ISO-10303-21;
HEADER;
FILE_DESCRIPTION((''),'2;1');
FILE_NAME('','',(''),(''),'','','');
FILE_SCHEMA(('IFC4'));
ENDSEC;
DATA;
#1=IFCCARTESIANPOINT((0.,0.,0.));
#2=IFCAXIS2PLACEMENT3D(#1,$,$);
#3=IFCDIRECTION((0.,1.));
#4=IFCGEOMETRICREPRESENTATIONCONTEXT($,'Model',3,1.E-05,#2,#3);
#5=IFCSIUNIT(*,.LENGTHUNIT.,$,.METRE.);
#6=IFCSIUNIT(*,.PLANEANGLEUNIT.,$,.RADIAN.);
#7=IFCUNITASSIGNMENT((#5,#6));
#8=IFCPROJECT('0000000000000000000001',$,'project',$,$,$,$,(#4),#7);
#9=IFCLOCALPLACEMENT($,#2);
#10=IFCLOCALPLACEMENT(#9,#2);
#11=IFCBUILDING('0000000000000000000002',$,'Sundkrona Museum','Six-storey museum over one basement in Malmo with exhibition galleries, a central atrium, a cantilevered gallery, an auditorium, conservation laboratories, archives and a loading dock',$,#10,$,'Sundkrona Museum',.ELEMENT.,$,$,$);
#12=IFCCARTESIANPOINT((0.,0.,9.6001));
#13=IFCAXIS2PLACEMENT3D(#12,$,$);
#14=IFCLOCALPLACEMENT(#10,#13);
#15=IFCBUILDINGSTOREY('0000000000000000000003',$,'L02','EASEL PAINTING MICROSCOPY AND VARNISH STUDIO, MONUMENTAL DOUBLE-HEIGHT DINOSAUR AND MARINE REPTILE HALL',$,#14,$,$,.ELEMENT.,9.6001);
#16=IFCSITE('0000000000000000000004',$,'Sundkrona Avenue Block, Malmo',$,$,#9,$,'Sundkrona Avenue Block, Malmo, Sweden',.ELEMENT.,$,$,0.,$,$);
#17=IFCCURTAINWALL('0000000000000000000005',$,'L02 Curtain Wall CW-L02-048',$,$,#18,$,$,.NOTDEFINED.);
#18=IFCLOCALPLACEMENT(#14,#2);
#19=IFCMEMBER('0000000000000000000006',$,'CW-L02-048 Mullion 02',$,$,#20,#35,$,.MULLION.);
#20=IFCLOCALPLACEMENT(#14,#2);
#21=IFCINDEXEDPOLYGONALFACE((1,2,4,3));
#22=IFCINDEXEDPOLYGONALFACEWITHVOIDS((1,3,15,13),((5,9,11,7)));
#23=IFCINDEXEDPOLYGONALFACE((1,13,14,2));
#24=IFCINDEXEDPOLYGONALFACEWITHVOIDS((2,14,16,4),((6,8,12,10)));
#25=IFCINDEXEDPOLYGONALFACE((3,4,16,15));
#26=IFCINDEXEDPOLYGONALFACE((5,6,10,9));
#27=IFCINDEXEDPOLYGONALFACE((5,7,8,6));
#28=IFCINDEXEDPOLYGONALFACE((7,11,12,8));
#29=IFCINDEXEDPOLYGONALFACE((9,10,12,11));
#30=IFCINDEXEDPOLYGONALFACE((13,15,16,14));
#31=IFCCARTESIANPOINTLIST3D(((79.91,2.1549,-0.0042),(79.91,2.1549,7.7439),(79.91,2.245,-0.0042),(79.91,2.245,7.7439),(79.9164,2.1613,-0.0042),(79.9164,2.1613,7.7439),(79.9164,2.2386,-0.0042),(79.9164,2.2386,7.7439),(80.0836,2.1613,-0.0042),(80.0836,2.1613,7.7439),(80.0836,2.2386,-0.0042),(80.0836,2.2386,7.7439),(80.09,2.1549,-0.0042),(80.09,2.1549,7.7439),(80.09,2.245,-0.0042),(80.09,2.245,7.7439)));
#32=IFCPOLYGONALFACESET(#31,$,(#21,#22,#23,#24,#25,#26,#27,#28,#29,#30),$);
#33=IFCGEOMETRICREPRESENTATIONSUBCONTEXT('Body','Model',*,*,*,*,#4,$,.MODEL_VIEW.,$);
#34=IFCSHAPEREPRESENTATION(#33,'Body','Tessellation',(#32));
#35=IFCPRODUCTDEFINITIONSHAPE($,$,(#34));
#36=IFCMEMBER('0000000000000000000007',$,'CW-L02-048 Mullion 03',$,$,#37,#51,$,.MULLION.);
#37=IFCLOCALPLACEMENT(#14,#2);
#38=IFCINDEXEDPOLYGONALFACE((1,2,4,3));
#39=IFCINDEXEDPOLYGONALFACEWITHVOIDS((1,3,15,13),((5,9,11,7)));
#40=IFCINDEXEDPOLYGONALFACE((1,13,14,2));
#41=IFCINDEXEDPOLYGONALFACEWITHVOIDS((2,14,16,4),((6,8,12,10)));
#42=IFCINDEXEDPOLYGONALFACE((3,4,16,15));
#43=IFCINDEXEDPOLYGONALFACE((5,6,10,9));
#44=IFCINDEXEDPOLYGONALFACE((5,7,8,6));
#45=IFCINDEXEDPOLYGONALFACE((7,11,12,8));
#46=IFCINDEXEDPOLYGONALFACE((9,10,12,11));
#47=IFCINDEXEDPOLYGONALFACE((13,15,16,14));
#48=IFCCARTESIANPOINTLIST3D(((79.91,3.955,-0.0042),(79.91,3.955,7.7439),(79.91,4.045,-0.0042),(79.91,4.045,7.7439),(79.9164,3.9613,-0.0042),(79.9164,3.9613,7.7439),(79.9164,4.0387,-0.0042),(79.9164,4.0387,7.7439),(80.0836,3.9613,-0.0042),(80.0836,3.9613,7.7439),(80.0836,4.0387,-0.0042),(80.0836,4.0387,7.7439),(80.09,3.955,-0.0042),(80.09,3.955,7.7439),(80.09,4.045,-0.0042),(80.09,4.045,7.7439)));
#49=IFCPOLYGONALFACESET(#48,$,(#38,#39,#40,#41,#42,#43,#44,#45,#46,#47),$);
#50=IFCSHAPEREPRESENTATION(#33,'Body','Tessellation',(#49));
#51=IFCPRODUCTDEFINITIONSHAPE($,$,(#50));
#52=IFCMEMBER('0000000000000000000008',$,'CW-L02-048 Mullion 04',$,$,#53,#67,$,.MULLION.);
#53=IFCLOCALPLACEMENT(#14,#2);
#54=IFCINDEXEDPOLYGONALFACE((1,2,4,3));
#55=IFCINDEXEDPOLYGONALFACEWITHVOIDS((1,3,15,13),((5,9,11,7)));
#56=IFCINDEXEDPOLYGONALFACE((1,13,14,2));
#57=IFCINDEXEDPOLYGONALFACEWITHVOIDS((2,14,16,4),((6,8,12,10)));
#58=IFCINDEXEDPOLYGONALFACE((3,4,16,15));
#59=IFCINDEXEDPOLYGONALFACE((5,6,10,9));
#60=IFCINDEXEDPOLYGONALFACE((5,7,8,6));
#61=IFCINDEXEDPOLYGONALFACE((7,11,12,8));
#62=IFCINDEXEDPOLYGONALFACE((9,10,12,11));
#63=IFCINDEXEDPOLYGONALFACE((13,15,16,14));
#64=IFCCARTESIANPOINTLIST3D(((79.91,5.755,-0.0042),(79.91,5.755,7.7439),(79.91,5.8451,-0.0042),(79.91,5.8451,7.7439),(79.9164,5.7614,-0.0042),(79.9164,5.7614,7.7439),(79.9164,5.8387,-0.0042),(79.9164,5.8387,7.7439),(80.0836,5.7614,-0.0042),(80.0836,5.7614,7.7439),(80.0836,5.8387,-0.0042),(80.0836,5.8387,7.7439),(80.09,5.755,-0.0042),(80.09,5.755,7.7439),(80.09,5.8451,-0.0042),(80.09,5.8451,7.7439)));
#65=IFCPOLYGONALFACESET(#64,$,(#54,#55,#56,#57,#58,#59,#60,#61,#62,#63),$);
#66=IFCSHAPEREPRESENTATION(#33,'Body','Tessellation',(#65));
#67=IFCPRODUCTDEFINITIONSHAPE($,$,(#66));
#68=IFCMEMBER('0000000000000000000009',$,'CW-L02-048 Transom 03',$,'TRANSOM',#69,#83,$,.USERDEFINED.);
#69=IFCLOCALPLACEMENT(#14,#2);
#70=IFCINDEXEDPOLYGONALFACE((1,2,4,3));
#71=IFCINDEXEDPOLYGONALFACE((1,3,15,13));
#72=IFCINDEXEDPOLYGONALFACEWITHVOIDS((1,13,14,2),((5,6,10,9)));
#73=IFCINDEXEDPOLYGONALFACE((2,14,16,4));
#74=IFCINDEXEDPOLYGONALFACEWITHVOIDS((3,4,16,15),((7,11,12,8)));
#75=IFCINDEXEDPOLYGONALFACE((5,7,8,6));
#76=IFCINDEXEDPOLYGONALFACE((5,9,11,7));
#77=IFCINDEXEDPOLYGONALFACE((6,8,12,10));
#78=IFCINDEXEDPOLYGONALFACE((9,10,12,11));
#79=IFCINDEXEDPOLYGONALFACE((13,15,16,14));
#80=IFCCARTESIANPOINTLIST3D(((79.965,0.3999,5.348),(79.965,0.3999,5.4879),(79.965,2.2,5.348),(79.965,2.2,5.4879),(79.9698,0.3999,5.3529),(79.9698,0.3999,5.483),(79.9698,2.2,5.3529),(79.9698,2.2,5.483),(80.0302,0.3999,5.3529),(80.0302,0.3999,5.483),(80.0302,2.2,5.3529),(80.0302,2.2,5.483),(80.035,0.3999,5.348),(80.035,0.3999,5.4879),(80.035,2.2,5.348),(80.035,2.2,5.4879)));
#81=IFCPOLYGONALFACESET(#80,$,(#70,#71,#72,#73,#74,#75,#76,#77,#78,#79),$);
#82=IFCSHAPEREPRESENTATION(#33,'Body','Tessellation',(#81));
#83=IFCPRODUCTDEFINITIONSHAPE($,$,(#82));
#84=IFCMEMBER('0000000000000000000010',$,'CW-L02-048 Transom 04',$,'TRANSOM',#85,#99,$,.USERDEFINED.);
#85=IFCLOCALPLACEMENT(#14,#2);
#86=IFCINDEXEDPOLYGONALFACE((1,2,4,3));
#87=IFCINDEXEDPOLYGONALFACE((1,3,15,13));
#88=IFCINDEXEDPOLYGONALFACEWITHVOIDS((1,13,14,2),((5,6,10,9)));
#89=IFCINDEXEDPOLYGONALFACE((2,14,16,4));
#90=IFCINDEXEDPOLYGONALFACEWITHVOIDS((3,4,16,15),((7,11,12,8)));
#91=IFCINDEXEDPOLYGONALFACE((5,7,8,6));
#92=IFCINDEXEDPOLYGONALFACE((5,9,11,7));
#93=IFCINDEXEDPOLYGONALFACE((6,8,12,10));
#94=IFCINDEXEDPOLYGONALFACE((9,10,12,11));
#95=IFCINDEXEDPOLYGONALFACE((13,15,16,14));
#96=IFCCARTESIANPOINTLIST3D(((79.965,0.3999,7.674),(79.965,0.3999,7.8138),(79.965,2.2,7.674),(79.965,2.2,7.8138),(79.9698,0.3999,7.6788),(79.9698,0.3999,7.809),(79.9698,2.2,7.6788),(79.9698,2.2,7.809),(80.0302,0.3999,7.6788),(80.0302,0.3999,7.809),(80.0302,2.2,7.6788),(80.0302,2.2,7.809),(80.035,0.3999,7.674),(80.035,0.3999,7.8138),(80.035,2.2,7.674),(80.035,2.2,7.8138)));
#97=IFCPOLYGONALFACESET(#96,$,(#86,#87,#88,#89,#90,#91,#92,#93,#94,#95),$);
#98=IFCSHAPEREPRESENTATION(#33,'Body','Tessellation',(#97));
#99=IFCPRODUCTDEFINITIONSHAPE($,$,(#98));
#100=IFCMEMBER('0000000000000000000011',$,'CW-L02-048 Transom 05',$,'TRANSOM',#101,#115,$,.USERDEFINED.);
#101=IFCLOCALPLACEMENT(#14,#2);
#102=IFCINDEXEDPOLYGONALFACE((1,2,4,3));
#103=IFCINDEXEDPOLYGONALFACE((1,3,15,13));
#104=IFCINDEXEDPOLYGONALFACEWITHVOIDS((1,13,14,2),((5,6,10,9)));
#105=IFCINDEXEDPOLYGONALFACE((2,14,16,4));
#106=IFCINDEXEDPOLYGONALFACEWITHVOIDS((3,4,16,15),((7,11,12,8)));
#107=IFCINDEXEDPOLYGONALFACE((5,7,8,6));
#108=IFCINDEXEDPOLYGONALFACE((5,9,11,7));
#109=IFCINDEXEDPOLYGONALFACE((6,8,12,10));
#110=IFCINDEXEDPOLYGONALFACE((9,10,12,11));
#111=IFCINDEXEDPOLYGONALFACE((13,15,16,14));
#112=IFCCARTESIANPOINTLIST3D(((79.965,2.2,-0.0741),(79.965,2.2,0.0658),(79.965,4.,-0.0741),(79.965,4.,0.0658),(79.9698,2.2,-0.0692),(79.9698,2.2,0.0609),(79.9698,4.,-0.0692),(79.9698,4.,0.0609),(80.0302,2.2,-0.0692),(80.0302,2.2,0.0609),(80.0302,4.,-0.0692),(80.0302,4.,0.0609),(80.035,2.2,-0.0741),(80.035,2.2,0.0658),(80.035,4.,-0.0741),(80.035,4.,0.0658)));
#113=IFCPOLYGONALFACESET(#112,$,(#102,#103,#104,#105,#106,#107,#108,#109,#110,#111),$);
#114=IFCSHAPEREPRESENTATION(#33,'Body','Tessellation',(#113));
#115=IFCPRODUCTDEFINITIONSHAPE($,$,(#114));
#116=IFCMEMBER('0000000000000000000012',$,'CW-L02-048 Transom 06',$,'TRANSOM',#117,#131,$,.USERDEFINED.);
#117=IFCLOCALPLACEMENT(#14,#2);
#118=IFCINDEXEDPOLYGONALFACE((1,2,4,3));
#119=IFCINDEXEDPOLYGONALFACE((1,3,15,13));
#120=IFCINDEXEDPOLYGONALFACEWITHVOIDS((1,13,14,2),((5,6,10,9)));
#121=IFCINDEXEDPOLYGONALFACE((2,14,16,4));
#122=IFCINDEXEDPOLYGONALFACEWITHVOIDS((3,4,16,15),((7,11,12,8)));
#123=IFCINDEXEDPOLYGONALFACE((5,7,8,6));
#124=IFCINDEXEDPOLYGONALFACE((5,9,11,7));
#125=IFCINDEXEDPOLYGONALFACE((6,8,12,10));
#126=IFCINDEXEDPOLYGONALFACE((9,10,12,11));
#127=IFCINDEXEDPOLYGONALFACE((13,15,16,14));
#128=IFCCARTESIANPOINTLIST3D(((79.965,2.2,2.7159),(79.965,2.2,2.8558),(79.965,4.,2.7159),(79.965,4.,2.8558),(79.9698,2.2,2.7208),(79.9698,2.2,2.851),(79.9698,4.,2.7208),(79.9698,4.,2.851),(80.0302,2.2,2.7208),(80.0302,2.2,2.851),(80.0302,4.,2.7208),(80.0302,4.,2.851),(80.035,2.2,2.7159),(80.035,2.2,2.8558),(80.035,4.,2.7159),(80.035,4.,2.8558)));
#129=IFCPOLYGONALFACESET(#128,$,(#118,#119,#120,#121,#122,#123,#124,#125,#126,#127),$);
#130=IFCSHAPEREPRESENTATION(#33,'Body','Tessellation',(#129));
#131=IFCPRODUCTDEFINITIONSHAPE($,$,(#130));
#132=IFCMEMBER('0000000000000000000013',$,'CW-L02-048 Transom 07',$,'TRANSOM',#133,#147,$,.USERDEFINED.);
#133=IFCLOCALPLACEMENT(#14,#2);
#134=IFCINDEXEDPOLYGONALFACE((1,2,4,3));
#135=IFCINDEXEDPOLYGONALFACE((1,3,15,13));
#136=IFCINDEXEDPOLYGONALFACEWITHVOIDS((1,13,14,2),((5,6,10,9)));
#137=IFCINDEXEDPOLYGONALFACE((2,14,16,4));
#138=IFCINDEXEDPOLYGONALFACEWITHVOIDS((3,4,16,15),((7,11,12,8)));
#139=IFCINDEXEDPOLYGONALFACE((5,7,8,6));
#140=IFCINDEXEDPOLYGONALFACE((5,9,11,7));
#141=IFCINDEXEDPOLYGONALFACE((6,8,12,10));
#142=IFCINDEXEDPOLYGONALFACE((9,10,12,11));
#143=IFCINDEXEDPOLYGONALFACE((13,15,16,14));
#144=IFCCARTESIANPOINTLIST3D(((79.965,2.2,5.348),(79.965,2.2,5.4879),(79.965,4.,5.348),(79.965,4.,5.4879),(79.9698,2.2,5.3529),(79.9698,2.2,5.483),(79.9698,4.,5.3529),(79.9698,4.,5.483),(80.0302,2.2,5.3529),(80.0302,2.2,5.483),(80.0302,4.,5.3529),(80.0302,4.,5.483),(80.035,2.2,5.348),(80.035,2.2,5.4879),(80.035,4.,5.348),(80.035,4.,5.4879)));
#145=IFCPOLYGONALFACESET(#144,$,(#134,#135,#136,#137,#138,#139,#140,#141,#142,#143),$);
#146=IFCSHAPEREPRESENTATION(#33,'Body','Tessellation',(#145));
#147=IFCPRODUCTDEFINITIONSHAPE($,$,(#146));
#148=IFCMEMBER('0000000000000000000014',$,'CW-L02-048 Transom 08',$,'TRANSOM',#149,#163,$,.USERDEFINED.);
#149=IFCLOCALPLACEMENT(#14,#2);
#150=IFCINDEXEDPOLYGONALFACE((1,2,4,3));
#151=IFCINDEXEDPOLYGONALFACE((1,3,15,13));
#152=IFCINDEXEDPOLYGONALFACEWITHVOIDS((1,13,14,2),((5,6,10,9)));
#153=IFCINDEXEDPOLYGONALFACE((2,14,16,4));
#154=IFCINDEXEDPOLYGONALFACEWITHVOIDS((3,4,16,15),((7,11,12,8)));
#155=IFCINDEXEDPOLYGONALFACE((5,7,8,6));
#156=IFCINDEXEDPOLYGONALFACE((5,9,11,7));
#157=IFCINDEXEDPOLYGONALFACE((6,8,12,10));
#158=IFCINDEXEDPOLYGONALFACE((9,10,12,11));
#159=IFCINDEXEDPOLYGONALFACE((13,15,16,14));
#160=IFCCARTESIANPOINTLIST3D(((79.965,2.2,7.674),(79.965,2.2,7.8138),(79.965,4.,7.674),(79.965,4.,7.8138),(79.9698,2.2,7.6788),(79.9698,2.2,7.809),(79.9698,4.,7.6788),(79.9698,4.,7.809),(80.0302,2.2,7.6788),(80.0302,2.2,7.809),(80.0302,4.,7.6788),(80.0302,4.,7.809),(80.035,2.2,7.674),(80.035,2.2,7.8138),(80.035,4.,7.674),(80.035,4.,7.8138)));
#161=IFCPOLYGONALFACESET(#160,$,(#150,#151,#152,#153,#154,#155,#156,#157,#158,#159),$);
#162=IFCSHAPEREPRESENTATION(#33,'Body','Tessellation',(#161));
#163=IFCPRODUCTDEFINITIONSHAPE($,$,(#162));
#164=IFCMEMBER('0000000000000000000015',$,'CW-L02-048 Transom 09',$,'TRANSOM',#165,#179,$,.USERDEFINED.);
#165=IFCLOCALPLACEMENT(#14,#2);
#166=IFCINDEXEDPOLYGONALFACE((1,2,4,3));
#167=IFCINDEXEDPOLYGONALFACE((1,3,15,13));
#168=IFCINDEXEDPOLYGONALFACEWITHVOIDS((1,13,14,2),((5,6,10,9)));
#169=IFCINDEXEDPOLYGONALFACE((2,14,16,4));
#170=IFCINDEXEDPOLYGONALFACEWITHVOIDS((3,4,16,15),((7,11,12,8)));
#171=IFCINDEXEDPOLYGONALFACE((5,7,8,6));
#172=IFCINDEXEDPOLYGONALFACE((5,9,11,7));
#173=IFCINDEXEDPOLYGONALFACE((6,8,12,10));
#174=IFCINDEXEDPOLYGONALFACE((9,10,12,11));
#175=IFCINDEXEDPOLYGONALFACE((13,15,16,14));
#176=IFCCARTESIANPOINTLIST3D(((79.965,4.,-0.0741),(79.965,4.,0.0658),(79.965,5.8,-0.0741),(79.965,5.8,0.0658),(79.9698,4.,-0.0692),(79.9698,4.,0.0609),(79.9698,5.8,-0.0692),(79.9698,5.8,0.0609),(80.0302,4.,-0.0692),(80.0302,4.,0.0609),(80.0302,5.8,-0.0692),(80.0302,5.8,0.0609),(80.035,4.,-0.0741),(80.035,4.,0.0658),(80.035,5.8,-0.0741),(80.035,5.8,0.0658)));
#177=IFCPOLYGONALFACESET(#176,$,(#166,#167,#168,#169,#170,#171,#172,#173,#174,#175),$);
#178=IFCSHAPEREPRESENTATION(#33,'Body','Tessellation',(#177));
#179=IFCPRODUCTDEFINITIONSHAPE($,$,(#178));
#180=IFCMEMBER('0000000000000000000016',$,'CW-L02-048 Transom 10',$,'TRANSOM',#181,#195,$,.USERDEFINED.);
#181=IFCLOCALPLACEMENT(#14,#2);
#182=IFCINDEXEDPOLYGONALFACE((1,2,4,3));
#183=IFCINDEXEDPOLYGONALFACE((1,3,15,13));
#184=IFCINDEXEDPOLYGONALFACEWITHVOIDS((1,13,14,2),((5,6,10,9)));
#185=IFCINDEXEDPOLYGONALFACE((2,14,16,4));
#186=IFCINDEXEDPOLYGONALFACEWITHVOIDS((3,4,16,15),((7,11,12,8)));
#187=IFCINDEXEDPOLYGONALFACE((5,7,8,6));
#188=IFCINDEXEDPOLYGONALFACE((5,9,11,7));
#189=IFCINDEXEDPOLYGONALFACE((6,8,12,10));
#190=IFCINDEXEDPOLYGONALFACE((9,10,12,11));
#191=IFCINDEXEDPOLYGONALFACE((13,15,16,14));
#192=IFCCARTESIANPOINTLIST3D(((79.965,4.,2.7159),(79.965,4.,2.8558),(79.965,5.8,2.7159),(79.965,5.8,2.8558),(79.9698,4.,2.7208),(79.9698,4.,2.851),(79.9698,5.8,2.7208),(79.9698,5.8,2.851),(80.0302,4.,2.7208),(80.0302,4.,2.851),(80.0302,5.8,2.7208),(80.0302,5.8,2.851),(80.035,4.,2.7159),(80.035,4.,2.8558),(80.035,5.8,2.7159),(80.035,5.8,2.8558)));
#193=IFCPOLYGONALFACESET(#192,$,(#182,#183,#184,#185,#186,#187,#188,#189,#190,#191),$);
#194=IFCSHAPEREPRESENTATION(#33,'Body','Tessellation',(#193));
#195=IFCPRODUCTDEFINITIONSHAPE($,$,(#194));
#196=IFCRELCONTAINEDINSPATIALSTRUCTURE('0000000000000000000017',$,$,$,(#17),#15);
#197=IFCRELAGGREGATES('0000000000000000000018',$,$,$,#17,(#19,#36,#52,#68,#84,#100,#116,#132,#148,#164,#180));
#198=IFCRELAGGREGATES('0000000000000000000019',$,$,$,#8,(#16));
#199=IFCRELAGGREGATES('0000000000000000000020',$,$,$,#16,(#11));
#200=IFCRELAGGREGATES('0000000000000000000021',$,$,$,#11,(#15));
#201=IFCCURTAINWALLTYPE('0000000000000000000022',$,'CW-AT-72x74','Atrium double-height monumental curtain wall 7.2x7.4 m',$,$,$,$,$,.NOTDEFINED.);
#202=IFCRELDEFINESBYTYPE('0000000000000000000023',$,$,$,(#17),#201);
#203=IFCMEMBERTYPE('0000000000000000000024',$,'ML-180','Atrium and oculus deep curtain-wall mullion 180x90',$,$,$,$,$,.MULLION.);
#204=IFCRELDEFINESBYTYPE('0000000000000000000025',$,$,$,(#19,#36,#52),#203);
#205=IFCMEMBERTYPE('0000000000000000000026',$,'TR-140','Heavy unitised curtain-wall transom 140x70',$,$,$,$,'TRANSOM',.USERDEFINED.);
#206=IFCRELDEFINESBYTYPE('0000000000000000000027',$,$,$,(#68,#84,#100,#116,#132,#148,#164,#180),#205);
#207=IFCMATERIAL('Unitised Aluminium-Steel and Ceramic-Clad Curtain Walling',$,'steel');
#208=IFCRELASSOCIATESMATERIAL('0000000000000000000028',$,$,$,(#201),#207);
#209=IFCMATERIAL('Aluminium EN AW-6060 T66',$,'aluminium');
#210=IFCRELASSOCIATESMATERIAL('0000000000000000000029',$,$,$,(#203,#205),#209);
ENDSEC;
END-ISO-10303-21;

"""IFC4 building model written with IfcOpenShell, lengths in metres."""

from ifc_helpers import new_model, si_unit, direction, frame, origin, origin_2d, place, context, subcontext, project, spatial, hollow_rectangle, extrude, material, material_profile, profile_set, type_object, element, aggregate, save


model = new_model("IFC4")

# Units and contexts
model_context = context("Model", 3, precision=1e-05, world=origin(), true_north=direction((0.0, 1.0)))
body_context = subcontext(model_context, "Body", "Model", "MODEL_VIEW")
ifc_project = project(units=[si_unit("LENGTHUNIT", "METRE"), si_unit("PLANEANGLEUNIT", "RADIAN")], contexts=[model_context])

# Site, building, storey
site_placement = place(None, origin())
site = spatial("IfcSite", under=ifc_project, at=site_placement, Name="Sundkrona Avenue Block, Malmo", LongName="Sundkrona Avenue Block, Malmo, Sweden", CompositionType="ELEMENT", RefElevation=0.0)
building_placement = place(site_placement, origin())
building = spatial("IfcBuilding", under=site, at=building_placement, Name="Sundkrona Museum", Description="Six-storey museum over one basement in Malmo with exhibition galleries, a central atrium, a cantilevered gallery, an auditorium, conservation laboratories, archives and a loading dock", LongName="Sundkrona Museum", CompositionType="ELEMENT")
storey_placement = place(building_placement, frame((0.0, 0.0, 9.6001)))
storey = spatial("IfcBuildingStorey", under=building, at=storey_placement, Name="L02", Description="EASEL PAINTING MICROSCOPY AND VARNISH STUDIO, MONUMENTAL DOUBLE-HEIGHT DINOSAUR AND MARINE REPTILE HALL", CompositionType="ELEMENT", Elevation=9.6001)

# Curtain wall, members
ifc_material_1 = material(Name="Unitised Aluminium-Steel and Ceramic-Clad Curtain Walling", Category="steel")
curtain_wall_type = type_object("IfcCurtainWallType", Name="CW-AT-72x74", Description="Atrium double-height monumental curtain wall 7.2x7.4 m", PredefinedType="NOTDEFINED", material=ifc_material_1)
curtain_wall_placement = place(storey_placement, origin())
curtain_wall = element("IfcCurtainWall", 1, at=curtain_wall_placement, inside=storey, type_object=curtain_wall_type, Name="L02 Curtain Wall CW-L02-048", PredefinedType="NOTDEFINED")
ifc_material_2 = material(Name="Aluminium EN AW-6060 T66", Category="aluminium")
ifc_material_profile_1 = material_profile(ifc_material_2, hollow_rectangle(XDim=0.0901, YDim=0.1799, WallThickness=0.0063, at=origin_2d()), Name="RHS 180x90x6.3")
ifc_profile_set_1 = profile_set([ifc_material_profile_1], Name="Aluminium EN AW-6060 T66")
member_type_1 = type_object("IfcMemberType", Name="ML-180", Description="Atrium and oculus deep curtain-wall mullion 180x90", PredefinedType="MULLION", material=ifc_profile_set_1)
member_1_placement = place(storey_placement, frame((80.0, 2.2, -0.0042), z_axis=(0.0, 0.0, 1.0), x_axis=(0.0, 1.0, 0.0)))
member_1 = element("IfcMember", 2, at=member_1_placement, type_object=member_type_1, Name="CW-L02-048 Mullion 02", PredefinedType="MULLION", context=body_context, shape_type="SweptSolid", body=[
    extrude(hollow_rectangle(XDim=0.0901, YDim=0.1799, WallThickness=0.0063, at=origin_2d()), origin(), (0.0, 0.0, 1.0), 7.748),
])
member_2_placement = place(storey_placement, frame((80.0, 4.0, -0.0042), z_axis=(0.0, 0.0, 1.0), x_axis=(0.0, 1.0, 0.0)))
member_2 = element("IfcMember", 3, at=member_2_placement, type_object=member_type_1, Name="CW-L02-048 Mullion 03", PredefinedType="MULLION", context=body_context, shape_type="SweptSolid", body=[
    extrude(hollow_rectangle(XDim=0.0901, YDim=0.1799, WallThickness=0.0063, at=origin_2d()), origin(), (0.0, 0.0, 1.0), 7.748),
])
member_3_placement = place(storey_placement, frame((80.0, 5.8, -0.0042), z_axis=(0.0, 0.0, 1.0), x_axis=(0.0, 1.0, 0.0)))
member_3 = element("IfcMember", 4, at=member_3_placement, type_object=member_type_1, Name="CW-L02-048 Mullion 04", PredefinedType="MULLION", context=body_context, shape_type="SweptSolid", body=[
    extrude(hollow_rectangle(XDim=0.0901, YDim=0.1799, WallThickness=0.0063, at=origin_2d()), origin(), (0.0, 0.0, 1.0), 7.748),
])
ifc_material_profile_2 = material_profile(ifc_material_2, hollow_rectangle(XDim=0.0701, YDim=0.1399, WallThickness=0.0049, at=origin_2d()), Name="RHS 140x70x5.0")
ifc_profile_set_2 = profile_set([ifc_material_profile_2], Name="Aluminium EN AW-6060 T66")
member_type_2 = type_object("IfcMemberType", Name="TR-140", Description="Heavy unitised curtain-wall transom 140x70", ElementType="TRANSOM", PredefinedType="USERDEFINED", material=ifc_profile_set_2)
member_4_placement = place(storey_placement, frame((80.0, 0.3999, 5.418), z_axis=(0.0, 1.0, 0.0), x_axis=(-1.0, 0.0, 0.0)))
member_4 = element("IfcMember", 5, at=member_4_placement, type_object=member_type_2, Name="CW-L02-048 Transom 03", ObjectType="TRANSOM", PredefinedType="USERDEFINED", context=body_context, shape_type="SweptSolid", body=[
    extrude(hollow_rectangle(XDim=0.0701, YDim=0.1399, WallThickness=0.0049, at=origin_2d()), origin(), (0.0, 0.0, 1.0), 1.8),
])
member_5_placement = place(storey_placement, frame((80.0, 0.3999, 7.7439), z_axis=(0.0, 1.0, 0.0), x_axis=(-1.0, 0.0, 0.0)))
member_5 = element("IfcMember", 6, at=member_5_placement, type_object=member_type_2, Name="CW-L02-048 Transom 04", ObjectType="TRANSOM", PredefinedType="USERDEFINED", context=body_context, shape_type="SweptSolid", body=[
    extrude(hollow_rectangle(XDim=0.0701, YDim=0.1399, WallThickness=0.0049, at=origin_2d()), origin(), (0.0, 0.0, 1.0), 1.8),
])
member_6_placement = place(storey_placement, frame((80.0, 2.2, -0.0042), z_axis=(0.0, 1.0, 0.0), x_axis=(-1.0, 0.0, 0.0)))
member_6 = element("IfcMember", 7, at=member_6_placement, type_object=member_type_2, Name="CW-L02-048 Transom 05", ObjectType="TRANSOM", PredefinedType="USERDEFINED", context=body_context, shape_type="SweptSolid", body=[
    extrude(hollow_rectangle(XDim=0.0701, YDim=0.1399, WallThickness=0.0049, at=origin_2d()), origin(), (0.0, 0.0, 1.0), 1.8),
])
member_7_placement = place(storey_placement, frame((80.0, 2.2, 2.7859), z_axis=(0.0, 1.0, 0.0), x_axis=(-1.0, 0.0, 0.0)))
member_7 = element("IfcMember", 8, at=member_7_placement, type_object=member_type_2, Name="CW-L02-048 Transom 06", ObjectType="TRANSOM", PredefinedType="USERDEFINED", context=body_context, shape_type="SweptSolid", body=[
    extrude(hollow_rectangle(XDim=0.0701, YDim=0.1399, WallThickness=0.0049, at=origin_2d()), origin(), (0.0, 0.0, 1.0), 1.8),
])
member_8_placement = place(storey_placement, frame((80.0, 2.2, 5.418), z_axis=(0.0, 1.0, 0.0), x_axis=(-1.0, 0.0, 0.0)))
member_8 = element("IfcMember", 9, at=member_8_placement, type_object=member_type_2, Name="CW-L02-048 Transom 07", ObjectType="TRANSOM", PredefinedType="USERDEFINED", context=body_context, shape_type="SweptSolid", body=[
    extrude(hollow_rectangle(XDim=0.0701, YDim=0.1399, WallThickness=0.0049, at=origin_2d()), origin(), (0.0, 0.0, 1.0), 1.8),
])
member_9_placement = place(storey_placement, frame((80.0, 2.2, 7.7439), z_axis=(0.0, 1.0, 0.0), x_axis=(-1.0, 0.0, 0.0)))
member_9 = element("IfcMember", 10, at=member_9_placement, type_object=member_type_2, Name="CW-L02-048 Transom 08", ObjectType="TRANSOM", PredefinedType="USERDEFINED", context=body_context, shape_type="SweptSolid", body=[
    extrude(hollow_rectangle(XDim=0.0701, YDim=0.1399, WallThickness=0.0049, at=origin_2d()), origin(), (0.0, 0.0, 1.0), 1.8),
])
member_10_placement = place(storey_placement, frame((80.0, 4.0, -0.0042), z_axis=(0.0, 1.0, 0.0), x_axis=(-1.0, 0.0, 0.0)))
member_10 = element("IfcMember", 11, at=member_10_placement, type_object=member_type_2, Name="CW-L02-048 Transom 09", ObjectType="TRANSOM", PredefinedType="USERDEFINED", context=body_context, shape_type="SweptSolid", body=[
    extrude(hollow_rectangle(XDim=0.0701, YDim=0.1399, WallThickness=0.0049, at=origin_2d()), origin(), (0.0, 0.0, 1.0), 1.8),
])
member_11_placement = place(storey_placement, frame((80.0, 4.0, 2.7859), z_axis=(0.0, 1.0, 0.0), x_axis=(-1.0, 0.0, 0.0)))
member_11 = element("IfcMember", 12, at=member_11_placement, type_object=member_type_2, Name="CW-L02-048 Transom 10", ObjectType="TRANSOM", PredefinedType="USERDEFINED", context=body_context, shape_type="SweptSolid", body=[
    extrude(hollow_rectangle(XDim=0.0701, YDim=0.1399, WallThickness=0.0049, at=origin_2d()), origin(), (0.0, 0.0, 1.0), 1.8),
])
aggregate(curtain_wall, [member_1, member_2, member_3, member_4, member_5, member_6, member_7, member_8, member_9, member_10, member_11])

save(model, "model.ifc")
